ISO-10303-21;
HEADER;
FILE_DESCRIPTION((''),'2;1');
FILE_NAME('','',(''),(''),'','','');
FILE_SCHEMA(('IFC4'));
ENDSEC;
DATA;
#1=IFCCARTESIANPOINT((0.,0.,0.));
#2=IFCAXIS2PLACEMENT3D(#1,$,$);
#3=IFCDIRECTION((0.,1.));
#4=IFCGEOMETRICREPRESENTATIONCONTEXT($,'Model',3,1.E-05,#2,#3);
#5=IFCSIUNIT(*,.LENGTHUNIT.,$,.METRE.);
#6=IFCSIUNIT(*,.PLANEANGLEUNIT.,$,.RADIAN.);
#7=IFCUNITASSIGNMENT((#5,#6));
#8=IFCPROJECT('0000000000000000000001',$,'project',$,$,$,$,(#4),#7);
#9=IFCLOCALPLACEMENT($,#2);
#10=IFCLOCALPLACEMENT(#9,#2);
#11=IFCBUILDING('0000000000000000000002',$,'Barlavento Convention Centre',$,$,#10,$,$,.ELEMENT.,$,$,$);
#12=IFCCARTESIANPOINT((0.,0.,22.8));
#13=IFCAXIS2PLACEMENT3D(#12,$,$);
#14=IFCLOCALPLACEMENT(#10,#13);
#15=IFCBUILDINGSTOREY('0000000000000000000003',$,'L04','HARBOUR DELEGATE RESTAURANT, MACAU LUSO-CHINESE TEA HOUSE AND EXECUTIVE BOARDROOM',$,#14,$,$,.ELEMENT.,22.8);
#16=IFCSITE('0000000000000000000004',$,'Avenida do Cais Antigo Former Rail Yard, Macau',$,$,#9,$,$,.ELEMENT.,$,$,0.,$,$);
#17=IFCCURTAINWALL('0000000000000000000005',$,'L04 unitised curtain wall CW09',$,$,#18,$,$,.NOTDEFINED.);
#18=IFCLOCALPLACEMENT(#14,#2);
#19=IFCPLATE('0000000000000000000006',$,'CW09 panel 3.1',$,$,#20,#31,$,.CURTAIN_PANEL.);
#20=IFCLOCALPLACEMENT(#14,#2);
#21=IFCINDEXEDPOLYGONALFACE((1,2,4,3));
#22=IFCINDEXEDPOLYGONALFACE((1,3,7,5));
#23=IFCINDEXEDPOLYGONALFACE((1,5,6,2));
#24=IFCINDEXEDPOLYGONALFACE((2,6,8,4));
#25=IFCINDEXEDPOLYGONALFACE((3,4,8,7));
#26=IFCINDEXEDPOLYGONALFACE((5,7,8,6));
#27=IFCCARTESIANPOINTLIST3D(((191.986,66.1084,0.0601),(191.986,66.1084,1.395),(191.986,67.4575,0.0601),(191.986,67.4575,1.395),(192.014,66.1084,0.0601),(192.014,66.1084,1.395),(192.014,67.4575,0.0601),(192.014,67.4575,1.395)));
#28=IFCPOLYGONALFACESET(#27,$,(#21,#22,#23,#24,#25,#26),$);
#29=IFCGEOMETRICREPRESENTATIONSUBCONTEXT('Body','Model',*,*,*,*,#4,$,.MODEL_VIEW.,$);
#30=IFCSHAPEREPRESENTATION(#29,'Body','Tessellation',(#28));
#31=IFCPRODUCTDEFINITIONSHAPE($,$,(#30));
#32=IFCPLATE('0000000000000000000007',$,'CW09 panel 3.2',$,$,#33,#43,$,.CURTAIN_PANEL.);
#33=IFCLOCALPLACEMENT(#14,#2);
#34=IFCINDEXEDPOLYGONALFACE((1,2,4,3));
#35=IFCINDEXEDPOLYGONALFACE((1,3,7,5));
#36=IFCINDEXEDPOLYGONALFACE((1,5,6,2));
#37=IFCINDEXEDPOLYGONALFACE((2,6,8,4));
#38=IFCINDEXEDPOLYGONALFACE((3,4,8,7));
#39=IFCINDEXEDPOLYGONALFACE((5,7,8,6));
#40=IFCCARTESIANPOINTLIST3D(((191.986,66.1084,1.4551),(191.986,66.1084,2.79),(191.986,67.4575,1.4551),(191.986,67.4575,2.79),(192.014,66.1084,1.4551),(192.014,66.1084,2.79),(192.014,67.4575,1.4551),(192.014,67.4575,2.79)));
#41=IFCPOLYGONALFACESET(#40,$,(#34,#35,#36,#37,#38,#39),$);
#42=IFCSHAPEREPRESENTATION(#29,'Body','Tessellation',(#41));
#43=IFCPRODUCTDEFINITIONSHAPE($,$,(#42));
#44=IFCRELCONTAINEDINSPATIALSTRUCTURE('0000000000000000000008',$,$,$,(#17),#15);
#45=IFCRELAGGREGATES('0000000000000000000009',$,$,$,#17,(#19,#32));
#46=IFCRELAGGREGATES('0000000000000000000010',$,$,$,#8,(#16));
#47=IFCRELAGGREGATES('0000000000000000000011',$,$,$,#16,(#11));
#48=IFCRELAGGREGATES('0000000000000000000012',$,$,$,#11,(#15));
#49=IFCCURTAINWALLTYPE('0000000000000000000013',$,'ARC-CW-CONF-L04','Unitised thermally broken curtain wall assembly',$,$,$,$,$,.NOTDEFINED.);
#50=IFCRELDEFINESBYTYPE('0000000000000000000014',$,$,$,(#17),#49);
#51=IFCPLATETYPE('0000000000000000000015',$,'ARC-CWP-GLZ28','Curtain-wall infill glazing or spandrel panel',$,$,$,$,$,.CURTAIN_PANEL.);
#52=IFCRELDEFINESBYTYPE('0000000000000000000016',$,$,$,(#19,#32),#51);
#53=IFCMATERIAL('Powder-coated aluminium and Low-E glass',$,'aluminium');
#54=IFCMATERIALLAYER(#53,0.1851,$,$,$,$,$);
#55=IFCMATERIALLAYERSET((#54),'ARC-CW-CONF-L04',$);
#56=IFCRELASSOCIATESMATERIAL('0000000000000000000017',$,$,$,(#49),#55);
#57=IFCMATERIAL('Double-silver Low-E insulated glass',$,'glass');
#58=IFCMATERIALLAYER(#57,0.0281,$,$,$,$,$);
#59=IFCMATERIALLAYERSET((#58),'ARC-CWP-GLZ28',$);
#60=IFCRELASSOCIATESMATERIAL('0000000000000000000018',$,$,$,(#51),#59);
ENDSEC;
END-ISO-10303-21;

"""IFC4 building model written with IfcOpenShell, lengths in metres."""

from ifc_helpers import new_model, si_unit, direction, frame, origin, origin_2d, place, context, subcontext, project, spatial, rectangle, extrude, material, layer, layer_set, type_object, element, aggregate, save


model = new_model("IFC4")

# Units and contexts
model_context = context("Model", 3, precision=1e-05, world=origin(), true_north=direction((0.0, 1.0)))
body_context = subcontext(model_context, "Body", "Model", "MODEL_VIEW")
ifc_project = project(units=[si_unit("LENGTHUNIT", "METRE"), si_unit("PLANEANGLEUNIT", "RADIAN")], contexts=[model_context])

# Site, building, storey
site_placement = place(None, origin())
site = spatial("IfcSite", under=ifc_project, at=site_placement, Name="Avenida do Cais Antigo Former Rail Yard, Macau", CompositionType="ELEMENT", RefElevation=0.0)
building_placement = place(site_placement, origin())
building = spatial("IfcBuilding", under=site, at=building_placement, Name="Barlavento Convention Centre", CompositionType="ELEMENT")
storey_placement = place(building_placement, frame((0.0, 0.0, 22.8)))
storey = spatial("IfcBuildingStorey", under=building, at=storey_placement, Name="L04", Description="HARBOUR DELEGATE RESTAURANT, MACAU LUSO-CHINESE TEA HOUSE AND EXECUTIVE BOARDROOM", CompositionType="ELEMENT", Elevation=22.8)

# Curtain wall
ifc_material_1 = material(Name="Powder-coated aluminium and Low-E glass", Category="aluminium")
ifc_layer_1 = layer(ifc_material_1, 0.1851)
ifc_layer_set_1 = layer_set([ifc_layer_1], Name="ARC-CW-CONF-L04")
curtain_wall_type = type_object("IfcCurtainWallType", Name="ARC-CW-CONF-L04", Description="Unitised thermally broken curtain wall assembly", PredefinedType="NOTDEFINED", material=ifc_layer_set_1)
curtain_wall_placement = place(storey_placement, origin())
curtain_wall = element("IfcCurtainWall", 1, at=curtain_wall_placement, inside=storey, type_object=curtain_wall_type, Name="L04 unitised curtain wall CW09", PredefinedType="NOTDEFINED")

# Plates
ifc_material_2 = material(Name="Double-silver Low-E insulated glass", Category="glass")
ifc_layer_2 = layer(ifc_material_2, 0.0281)
ifc_layer_set_2 = layer_set([ifc_layer_2], Name="ARC-CWP-GLZ28")
plate_type = type_object("IfcPlateType", Name="ARC-CWP-GLZ28", Description="Curtain-wall infill glazing or spandrel panel", PredefinedType="CURTAIN_PANEL", material=ifc_layer_set_2)
plate_1_placement = place(storey_placement, frame((192.0, 66.783, 0.0601), z_axis=(0.0, 0.0, 1.0), x_axis=(0.0, 1.0, 0.0)))
plate_1 = element("IfcPlate", 2, at=plate_1_placement, type_object=plate_type, Name="CW09 panel 3.1", PredefinedType="CURTAIN_PANEL", context=body_context, shape_type="SweptSolid", body=[
    extrude(rectangle(XDim=1.3491, YDim=0.0281, at=origin_2d()), origin(), (0.0, 0.0, 1.0), 1.335),
])
plate_2_placement = place(storey_placement, frame((192.0, 66.783, 1.4551), z_axis=(0.0, 0.0, 1.0), x_axis=(0.0, 1.0, 0.0)))
plate_2 = element("IfcPlate", 3, at=plate_2_placement, type_object=plate_type, Name="CW09 panel 3.2", PredefinedType="CURTAIN_PANEL", context=body_context, shape_type="SweptSolid", body=[
    extrude(rectangle(XDim=1.3491, YDim=0.0281, at=origin_2d()), origin(), (0.0, 0.0, 1.0), 1.335),
])
aggregate(curtain_wall, [plate_1, plate_2])

save(model, "model.ifc")
